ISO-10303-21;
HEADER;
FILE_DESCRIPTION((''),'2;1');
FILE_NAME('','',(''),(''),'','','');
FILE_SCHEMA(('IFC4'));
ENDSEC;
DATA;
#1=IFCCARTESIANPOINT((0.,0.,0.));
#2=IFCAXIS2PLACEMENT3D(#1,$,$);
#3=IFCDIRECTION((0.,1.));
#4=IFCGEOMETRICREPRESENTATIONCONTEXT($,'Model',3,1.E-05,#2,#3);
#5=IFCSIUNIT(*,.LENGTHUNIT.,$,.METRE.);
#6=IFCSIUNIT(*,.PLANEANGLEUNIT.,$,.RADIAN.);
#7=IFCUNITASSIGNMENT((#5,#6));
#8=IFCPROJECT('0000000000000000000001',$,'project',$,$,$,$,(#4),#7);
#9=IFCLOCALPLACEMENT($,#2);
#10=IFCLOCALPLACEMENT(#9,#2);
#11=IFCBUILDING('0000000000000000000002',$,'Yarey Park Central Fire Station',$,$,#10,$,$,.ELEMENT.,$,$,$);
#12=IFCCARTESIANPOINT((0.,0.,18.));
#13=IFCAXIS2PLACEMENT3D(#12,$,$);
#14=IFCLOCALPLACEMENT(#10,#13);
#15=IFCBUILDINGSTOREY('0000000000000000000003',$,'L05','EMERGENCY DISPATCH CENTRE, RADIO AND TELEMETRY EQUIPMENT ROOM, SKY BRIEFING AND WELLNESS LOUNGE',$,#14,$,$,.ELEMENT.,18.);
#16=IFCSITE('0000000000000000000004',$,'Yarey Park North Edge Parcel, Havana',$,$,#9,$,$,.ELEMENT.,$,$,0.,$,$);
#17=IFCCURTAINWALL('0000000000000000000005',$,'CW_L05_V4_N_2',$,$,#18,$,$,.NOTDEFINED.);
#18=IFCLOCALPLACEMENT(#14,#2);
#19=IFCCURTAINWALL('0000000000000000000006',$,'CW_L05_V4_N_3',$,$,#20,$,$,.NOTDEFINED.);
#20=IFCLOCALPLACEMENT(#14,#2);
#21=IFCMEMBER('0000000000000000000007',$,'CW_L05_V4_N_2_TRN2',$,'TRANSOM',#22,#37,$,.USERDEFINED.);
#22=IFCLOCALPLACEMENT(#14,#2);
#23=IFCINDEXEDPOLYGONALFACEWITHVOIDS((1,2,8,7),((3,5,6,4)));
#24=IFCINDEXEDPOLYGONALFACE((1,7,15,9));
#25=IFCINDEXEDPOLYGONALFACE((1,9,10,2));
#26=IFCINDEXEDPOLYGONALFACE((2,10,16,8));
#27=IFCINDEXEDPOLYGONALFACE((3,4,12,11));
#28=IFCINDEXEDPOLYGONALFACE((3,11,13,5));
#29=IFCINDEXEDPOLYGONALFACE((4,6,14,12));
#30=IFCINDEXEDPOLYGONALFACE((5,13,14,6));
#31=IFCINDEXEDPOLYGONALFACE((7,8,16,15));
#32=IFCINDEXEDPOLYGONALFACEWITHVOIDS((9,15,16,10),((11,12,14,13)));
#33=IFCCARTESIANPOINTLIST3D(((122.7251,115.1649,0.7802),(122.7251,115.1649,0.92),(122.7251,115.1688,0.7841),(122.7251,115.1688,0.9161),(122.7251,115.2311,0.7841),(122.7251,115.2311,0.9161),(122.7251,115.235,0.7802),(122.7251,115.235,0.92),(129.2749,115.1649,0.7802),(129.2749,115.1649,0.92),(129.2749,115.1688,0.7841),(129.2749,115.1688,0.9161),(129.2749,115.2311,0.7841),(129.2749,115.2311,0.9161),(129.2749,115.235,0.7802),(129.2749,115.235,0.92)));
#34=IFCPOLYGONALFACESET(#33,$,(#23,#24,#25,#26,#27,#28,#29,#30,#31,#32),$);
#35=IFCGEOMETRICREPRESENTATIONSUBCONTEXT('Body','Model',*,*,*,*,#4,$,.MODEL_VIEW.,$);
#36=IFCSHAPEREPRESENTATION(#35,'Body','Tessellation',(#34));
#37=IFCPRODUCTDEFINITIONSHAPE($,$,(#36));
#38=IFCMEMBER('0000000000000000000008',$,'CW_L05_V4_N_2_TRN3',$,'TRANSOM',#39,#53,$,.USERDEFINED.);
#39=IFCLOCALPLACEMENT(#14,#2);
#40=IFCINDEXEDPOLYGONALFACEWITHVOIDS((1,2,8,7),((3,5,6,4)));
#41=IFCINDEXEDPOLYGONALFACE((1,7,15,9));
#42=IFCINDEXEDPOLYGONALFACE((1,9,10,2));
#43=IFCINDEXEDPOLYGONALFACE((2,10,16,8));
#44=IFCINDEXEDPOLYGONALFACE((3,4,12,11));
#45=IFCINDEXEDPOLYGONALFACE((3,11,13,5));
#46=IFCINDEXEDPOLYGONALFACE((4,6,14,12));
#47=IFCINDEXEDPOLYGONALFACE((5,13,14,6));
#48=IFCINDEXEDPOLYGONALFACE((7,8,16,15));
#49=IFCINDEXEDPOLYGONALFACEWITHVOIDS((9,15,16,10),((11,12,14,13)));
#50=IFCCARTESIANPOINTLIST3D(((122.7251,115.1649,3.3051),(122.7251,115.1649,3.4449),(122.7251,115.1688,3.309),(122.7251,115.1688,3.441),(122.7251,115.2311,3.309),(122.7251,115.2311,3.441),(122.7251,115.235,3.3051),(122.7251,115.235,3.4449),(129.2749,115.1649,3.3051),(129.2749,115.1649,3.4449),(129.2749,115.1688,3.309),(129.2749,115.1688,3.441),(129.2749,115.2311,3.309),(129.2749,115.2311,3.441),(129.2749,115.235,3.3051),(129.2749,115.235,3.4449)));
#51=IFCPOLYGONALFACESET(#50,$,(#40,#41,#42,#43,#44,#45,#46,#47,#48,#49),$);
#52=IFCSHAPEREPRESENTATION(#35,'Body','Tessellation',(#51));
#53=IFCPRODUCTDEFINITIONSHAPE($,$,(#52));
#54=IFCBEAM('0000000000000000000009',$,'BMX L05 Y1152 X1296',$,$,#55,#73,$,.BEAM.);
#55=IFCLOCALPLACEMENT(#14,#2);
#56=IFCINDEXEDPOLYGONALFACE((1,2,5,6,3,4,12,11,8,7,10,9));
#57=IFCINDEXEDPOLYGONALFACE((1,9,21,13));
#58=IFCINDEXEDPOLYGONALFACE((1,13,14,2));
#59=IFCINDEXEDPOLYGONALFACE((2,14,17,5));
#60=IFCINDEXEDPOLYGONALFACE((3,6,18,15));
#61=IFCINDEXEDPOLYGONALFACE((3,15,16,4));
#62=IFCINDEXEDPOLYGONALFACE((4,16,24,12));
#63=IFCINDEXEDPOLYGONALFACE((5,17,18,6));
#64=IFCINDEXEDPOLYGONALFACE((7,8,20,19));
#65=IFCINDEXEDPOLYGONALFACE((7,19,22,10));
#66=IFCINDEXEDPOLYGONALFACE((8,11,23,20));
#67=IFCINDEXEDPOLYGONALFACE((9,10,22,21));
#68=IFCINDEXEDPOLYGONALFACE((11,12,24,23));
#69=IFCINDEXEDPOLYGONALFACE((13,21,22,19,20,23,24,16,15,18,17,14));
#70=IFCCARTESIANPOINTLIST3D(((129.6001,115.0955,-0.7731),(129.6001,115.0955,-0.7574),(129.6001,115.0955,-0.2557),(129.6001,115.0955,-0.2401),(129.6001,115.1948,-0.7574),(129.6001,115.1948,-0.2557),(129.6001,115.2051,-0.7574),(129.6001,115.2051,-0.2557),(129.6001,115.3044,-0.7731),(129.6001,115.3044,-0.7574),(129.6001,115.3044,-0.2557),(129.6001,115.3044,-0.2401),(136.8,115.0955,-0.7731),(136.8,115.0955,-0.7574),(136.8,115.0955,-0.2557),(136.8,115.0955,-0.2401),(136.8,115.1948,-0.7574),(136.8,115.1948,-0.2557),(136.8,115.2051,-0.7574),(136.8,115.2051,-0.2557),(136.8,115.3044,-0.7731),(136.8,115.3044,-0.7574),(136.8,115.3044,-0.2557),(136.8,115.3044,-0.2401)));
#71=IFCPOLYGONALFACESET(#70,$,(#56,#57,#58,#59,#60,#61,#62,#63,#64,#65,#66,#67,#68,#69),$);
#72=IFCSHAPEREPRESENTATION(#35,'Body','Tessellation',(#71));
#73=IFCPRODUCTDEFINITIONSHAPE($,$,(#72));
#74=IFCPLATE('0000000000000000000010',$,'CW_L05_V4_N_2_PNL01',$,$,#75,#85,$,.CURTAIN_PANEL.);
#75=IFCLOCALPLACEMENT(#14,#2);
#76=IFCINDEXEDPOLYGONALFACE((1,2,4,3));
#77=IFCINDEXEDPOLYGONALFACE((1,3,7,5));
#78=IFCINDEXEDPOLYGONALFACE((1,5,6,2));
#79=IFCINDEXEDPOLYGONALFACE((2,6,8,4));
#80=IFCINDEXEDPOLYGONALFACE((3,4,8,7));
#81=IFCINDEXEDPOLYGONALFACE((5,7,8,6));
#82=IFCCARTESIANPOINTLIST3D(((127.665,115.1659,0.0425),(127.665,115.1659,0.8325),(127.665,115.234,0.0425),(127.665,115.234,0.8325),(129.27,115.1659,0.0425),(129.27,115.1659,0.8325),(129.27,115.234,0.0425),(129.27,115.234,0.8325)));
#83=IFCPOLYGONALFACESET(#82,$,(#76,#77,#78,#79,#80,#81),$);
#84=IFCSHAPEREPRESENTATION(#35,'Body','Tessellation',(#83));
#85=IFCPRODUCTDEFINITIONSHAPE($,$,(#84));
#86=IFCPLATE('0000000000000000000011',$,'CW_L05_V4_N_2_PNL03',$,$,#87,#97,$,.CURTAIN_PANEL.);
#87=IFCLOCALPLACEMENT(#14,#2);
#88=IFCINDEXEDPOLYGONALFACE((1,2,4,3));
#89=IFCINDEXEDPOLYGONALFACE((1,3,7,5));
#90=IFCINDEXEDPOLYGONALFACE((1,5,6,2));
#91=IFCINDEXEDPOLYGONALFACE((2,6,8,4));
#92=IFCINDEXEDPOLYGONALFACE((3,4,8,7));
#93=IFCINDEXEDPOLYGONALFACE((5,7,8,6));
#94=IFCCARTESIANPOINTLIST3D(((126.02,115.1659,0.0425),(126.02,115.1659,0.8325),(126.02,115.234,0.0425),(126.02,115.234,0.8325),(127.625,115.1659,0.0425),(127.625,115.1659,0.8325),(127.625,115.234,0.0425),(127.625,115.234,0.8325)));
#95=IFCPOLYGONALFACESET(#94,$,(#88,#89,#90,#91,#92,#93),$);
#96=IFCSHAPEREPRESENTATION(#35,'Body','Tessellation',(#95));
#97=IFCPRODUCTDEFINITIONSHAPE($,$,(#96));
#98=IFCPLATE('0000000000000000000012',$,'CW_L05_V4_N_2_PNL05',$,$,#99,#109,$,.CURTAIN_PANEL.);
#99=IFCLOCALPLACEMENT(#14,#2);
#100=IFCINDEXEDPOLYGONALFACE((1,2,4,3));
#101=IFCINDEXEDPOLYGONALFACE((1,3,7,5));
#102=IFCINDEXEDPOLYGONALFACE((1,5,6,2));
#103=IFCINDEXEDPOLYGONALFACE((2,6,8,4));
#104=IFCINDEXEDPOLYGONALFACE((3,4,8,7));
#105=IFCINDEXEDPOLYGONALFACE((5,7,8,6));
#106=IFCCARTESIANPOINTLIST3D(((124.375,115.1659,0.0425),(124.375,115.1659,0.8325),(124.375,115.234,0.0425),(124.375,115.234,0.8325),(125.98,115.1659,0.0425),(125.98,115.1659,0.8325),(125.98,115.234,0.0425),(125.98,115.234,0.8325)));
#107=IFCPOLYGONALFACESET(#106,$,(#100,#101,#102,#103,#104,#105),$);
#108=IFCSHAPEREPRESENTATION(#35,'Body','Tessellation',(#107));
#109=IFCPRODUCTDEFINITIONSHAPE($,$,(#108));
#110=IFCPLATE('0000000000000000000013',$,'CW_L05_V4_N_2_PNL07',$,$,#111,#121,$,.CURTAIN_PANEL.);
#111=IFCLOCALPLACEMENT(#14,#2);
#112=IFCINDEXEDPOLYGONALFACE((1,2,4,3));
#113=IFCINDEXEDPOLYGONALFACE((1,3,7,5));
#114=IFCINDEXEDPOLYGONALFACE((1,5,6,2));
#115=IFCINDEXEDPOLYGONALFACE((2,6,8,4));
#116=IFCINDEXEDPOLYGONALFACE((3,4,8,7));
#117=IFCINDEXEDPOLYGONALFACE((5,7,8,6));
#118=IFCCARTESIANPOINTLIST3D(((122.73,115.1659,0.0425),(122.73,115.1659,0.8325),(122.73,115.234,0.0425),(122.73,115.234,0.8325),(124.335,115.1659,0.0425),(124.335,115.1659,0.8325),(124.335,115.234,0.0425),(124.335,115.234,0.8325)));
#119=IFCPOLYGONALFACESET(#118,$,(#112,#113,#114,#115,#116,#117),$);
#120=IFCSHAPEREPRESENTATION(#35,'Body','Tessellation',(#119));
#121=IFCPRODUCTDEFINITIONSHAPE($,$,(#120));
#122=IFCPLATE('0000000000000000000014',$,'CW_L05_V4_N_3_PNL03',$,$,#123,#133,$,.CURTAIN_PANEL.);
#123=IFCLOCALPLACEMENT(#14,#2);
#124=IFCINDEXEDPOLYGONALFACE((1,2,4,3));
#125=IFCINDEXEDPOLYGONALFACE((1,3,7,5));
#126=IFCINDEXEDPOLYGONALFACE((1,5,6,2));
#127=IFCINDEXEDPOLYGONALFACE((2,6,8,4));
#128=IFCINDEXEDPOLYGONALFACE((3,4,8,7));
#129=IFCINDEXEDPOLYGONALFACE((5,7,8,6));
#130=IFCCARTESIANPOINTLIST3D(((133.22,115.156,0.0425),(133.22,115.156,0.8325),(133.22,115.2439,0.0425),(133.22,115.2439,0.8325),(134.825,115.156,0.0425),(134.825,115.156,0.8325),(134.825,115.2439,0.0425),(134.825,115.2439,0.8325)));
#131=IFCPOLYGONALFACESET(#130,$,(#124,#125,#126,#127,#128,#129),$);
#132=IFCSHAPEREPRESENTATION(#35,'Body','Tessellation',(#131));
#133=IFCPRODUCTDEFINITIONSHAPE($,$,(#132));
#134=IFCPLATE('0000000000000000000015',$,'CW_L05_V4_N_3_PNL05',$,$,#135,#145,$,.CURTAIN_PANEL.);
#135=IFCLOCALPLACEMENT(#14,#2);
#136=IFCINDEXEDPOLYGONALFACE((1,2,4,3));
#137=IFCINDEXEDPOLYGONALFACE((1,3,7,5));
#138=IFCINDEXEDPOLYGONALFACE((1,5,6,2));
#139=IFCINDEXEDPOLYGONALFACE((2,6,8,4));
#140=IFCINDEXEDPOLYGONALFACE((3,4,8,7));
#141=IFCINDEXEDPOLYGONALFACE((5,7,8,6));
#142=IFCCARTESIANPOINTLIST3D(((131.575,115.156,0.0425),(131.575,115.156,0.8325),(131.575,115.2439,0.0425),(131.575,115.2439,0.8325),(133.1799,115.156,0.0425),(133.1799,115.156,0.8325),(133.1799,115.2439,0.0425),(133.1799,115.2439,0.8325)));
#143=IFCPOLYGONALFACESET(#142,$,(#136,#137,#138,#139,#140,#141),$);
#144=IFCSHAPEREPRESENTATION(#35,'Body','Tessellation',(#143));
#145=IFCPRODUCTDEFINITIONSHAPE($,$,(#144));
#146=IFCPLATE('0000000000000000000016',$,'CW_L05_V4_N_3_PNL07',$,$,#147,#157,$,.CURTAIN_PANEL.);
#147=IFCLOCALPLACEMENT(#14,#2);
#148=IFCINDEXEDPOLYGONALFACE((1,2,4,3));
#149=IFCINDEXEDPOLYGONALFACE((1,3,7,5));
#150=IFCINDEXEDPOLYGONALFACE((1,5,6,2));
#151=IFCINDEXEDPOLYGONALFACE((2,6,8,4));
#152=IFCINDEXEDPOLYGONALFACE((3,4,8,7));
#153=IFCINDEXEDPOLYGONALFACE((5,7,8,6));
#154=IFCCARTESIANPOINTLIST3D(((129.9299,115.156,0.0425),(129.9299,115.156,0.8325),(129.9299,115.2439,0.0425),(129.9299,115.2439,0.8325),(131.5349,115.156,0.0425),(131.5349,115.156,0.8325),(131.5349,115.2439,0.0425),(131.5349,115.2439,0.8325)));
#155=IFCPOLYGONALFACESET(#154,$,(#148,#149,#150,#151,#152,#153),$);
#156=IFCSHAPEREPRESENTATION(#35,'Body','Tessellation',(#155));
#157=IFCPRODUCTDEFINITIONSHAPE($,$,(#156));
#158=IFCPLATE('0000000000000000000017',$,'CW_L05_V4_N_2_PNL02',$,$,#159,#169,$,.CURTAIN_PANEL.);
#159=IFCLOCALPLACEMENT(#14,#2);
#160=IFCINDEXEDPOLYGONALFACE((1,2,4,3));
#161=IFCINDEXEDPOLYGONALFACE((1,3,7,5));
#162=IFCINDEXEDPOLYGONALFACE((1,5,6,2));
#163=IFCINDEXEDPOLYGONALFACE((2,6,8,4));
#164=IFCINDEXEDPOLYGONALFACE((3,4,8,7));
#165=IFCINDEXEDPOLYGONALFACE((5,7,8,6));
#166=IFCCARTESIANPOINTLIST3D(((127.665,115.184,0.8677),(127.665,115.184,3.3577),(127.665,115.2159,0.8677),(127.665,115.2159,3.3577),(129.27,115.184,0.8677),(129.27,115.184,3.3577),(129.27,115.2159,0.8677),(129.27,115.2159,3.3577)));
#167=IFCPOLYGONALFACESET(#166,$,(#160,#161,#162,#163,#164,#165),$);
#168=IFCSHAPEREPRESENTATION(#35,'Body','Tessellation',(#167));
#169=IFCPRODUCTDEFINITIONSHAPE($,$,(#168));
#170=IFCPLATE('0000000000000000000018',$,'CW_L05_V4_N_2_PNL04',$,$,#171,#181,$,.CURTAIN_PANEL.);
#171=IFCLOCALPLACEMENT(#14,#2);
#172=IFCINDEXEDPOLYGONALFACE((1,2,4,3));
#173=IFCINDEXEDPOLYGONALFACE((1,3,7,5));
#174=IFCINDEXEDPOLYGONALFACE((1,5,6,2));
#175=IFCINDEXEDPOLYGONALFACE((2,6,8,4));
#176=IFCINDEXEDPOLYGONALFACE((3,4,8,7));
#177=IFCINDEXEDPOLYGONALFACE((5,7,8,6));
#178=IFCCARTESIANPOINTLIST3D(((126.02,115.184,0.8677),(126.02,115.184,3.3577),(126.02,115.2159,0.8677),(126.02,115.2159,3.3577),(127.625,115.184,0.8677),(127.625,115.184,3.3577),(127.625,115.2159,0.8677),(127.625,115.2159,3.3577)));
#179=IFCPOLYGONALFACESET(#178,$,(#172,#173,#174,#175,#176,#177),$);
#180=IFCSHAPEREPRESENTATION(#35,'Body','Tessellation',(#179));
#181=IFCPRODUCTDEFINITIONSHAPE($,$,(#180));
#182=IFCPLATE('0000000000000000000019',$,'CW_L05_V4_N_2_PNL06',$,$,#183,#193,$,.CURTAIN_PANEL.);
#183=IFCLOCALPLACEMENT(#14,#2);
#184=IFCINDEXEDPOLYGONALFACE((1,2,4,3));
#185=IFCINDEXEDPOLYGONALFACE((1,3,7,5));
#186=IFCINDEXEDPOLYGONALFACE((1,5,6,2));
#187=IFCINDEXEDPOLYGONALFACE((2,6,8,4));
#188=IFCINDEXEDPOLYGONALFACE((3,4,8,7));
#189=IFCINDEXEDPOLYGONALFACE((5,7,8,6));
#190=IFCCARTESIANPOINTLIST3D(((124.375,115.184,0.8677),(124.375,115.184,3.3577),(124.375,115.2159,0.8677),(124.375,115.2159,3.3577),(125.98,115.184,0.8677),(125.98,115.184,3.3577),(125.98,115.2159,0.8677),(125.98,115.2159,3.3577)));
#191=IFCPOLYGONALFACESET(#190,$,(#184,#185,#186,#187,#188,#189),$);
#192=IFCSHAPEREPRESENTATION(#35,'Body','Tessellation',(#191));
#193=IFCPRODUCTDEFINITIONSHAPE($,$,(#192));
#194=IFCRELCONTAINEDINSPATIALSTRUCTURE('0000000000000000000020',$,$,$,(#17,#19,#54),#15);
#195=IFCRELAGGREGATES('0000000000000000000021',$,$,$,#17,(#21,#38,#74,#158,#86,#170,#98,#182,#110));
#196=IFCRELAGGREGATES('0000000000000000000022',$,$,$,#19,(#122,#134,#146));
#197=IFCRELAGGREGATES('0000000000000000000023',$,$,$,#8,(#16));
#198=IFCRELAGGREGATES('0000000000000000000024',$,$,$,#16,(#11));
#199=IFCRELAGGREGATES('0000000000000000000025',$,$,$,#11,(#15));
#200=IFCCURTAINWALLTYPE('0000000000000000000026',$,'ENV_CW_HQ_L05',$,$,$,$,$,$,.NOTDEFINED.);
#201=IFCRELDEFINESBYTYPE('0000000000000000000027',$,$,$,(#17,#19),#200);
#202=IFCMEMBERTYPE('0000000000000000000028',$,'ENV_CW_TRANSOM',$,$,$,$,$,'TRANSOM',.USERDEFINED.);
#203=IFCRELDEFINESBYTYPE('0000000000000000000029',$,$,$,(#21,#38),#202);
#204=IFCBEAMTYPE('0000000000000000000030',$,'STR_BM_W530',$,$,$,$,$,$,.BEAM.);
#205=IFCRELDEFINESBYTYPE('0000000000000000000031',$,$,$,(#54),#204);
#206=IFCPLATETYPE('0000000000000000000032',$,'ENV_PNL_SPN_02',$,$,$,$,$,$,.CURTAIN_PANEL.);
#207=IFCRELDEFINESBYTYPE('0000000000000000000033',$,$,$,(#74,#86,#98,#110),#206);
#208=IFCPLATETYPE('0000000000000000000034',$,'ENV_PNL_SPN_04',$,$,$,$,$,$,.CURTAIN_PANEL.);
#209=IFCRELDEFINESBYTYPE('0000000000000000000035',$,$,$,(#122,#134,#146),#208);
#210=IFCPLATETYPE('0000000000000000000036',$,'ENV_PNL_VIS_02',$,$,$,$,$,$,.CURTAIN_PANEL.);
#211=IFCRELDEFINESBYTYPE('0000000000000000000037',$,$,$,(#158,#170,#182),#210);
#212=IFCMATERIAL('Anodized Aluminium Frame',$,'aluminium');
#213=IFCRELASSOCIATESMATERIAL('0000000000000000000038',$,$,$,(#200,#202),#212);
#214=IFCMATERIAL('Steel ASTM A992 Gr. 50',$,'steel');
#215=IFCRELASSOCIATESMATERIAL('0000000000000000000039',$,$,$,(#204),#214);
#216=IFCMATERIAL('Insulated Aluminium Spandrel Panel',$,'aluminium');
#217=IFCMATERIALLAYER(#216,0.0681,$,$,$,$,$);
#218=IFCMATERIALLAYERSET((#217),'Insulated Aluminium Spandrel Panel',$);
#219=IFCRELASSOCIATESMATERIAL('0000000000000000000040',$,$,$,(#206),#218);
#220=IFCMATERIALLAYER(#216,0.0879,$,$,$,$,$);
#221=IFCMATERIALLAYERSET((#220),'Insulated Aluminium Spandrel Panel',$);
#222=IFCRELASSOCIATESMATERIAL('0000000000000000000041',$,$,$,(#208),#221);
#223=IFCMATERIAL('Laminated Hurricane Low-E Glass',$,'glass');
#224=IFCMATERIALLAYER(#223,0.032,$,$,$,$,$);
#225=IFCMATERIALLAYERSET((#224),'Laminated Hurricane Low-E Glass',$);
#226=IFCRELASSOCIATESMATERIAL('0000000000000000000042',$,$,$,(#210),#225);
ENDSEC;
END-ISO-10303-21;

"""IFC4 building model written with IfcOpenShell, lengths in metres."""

from ifc_helpers import new_model, si_unit, direction, frame, origin, origin_2d, place, context, subcontext, project, spatial, rectangle, hollow_rectangle, i_section, extrude, material, layer, layer_set, material_profile, profile_set, type_object, element, aggregate, save


model = new_model("IFC4")

# Units and contexts
model_context = context("Model", 3, precision=1e-05, world=origin(), true_north=direction((0.0, 1.0)))
body_context = subcontext(model_context, "Body", "Model", "MODEL_VIEW")
ifc_project = project(units=[si_unit("LENGTHUNIT", "METRE"), si_unit("PLANEANGLEUNIT", "RADIAN")], contexts=[model_context])

# Site, building, storey
site_placement = place(None, origin())
site = spatial("IfcSite", under=ifc_project, at=site_placement, Name="Yarey Park North Edge Parcel, Havana", CompositionType="ELEMENT", RefElevation=0.0)
building_placement = place(site_placement, origin())
building = spatial("IfcBuilding", under=site, at=building_placement, Name="Yarey Park Central Fire Station", CompositionType="ELEMENT")
storey_placement = place(building_placement, frame((0.0, 0.0, 18.0)))
storey = spatial("IfcBuildingStorey", under=building, at=storey_placement, Name="L05", Description="EMERGENCY DISPATCH CENTRE, RADIO AND TELEMETRY EQUIPMENT ROOM, SKY BRIEFING AND WELLNESS LOUNGE", CompositionType="ELEMENT", Elevation=18.0)

# Curtain walls
ifc_material_1 = material(Name="Anodized Aluminium Frame", Category="aluminium")
curtain_wall_type = type_object("IfcCurtainWallType", Name="ENV_CW_HQ_L05", PredefinedType="NOTDEFINED", material=ifc_material_1)
curtain_wall_1_placement = place(storey_placement, origin())
curtain_wall_1 = element("IfcCurtainWall", 1, at=curtain_wall_1_placement, inside=storey, type_object=curtain_wall_type, Name="CW_L05_V4_N_2", PredefinedType="NOTDEFINED")
curtain_wall_2_placement = place(storey_placement, origin())
curtain_wall_2 = element("IfcCurtainWall", 2, at=curtain_wall_2_placement, inside=storey, type_object=curtain_wall_type, Name="CW_L05_V4_N_3", PredefinedType="NOTDEFINED")

# Members
ifc_material_profile_1 = material_profile(ifc_material_1, hollow_rectangle(XDim=0.0701, YDim=0.1399, WallThickness=0.0039, at=origin_2d()), Name="ALU 140x70x4")
ifc_profile_set_1 = profile_set([ifc_material_profile_1], Name="Anodized Aluminium Frame")
member_type_1 = type_object("IfcMemberType", Name="ENV_CW_TRANSOM", ElementType="TRANSOM", PredefinedType="USERDEFINED", material=ifc_profile_set_1)
member_1_placement = place(storey_placement, frame((129.2749, 115.2, 0.8501), z_axis=(-1.0, 0.0, 0.0), x_axis=(0.0, -1.0, 0.0)))
member_1 = element("IfcMember", 3, at=member_1_placement, type_object=member_type_1, Name="CW_L05_V4_N_2_TRN2", ObjectType="TRANSOM", PredefinedType="USERDEFINED", context=body_context, shape_type="SweptSolid", body=[
    extrude(hollow_rectangle(XDim=0.0701, YDim=0.1399, WallThickness=0.0039, at=origin_2d()), origin(), (0.0, 0.0, 1.0), 6.5498),
])
member_2_placement = place(storey_placement, frame((129.2749, 115.2, 3.375), z_axis=(-1.0, 0.0, 0.0), x_axis=(0.0, -1.0, 0.0)))
member_2 = element("IfcMember", 4, at=member_2_placement, type_object=member_type_1, Name="CW_L05_V4_N_2_TRN3", ObjectType="TRANSOM", PredefinedType="USERDEFINED", context=body_context, shape_type="SweptSolid", body=[
    extrude(hollow_rectangle(XDim=0.0701, YDim=0.1399, WallThickness=0.0039, at=origin_2d()), origin(), (0.0, 0.0, 1.0), 6.5498),
])

# Beam
ifc_material_2 = material(Name="Steel ASTM A992 Gr. 50", Category="steel")
ifc_material_profile_2 = material_profile(ifc_material_2, i_section(OverallWidth=0.209, OverallDepth=0.533, WebThickness=0.0103, FlangeThickness=0.0156, at=origin_2d()), Name="W530x92")
ifc_profile_set_2 = profile_set([ifc_material_profile_2], Name="Steel ASTM A992 Gr. 50")
beam_type = type_object("IfcBeamType", Name="STR_BM_W530", PredefinedType="BEAM", material=ifc_profile_set_2)
beam_placement = place(storey_placement, frame((129.6001, 115.2, -0.5066), z_axis=(1.0, 0.0, 0.0), x_axis=(0.0, 1.0, 0.0)))
element("IfcBeam", 5, at=beam_placement, inside=storey, type_object=beam_type, Name="BMX L05 Y1152 X1296", PredefinedType="BEAM", context=body_context, shape_type="SweptSolid", body=[
    extrude(i_section(OverallWidth=0.209, OverallDepth=0.533, WebThickness=0.0103, FlangeThickness=0.0156, at=origin_2d()), origin(), (0.0, 0.0, 1.0), 7.2),
])

# Plates
ifc_material_3 = material(Name="Insulated Aluminium Spandrel Panel", Category="aluminium")
ifc_layer_1 = layer(ifc_material_3, 0.0681)
ifc_layer_set_1 = layer_set([ifc_layer_1], Name="Insulated Aluminium Spandrel Panel")
plate_type_1 = type_object("IfcPlateType", Name="ENV_PNL_SPN_02", PredefinedType="CURTAIN_PANEL", material=ifc_layer_set_1)
plate_1_placement = place(storey_placement, frame((128.4675, 115.2, 0.0425), z_axis=(0.0, 0.0, 1.0), x_axis=(-1.0, 0.0, 0.0)))
plate_1 = element("IfcPlate", 6, at=plate_1_placement, type_object=plate_type_1, Name="CW_L05_V4_N_2_PNL01", PredefinedType="CURTAIN_PANEL", context=body_context, shape_type="SweptSolid", body=[
    extrude(rectangle(XDim=1.605, YDim=0.0681, at=origin_2d()), origin(), (0.0, 0.0, 1.0), 0.79),
])
plate_2_placement = place(storey_placement, frame((126.8225, 115.2, 0.0425), z_axis=(0.0, 0.0, 1.0), x_axis=(-1.0, 0.0, 0.0)))
plate_2 = element("IfcPlate", 7, at=plate_2_placement, type_object=plate_type_1, Name="CW_L05_V4_N_2_PNL03", PredefinedType="CURTAIN_PANEL", context=body_context, shape_type="SweptSolid", body=[
    extrude(rectangle(XDim=1.605, YDim=0.0681, at=origin_2d()), origin(), (0.0, 0.0, 1.0), 0.79),
])
plate_3_placement = place(storey_placement, frame((125.1775, 115.2, 0.0425), z_axis=(0.0, 0.0, 1.0), x_axis=(-1.0, 0.0, 0.0)))
plate_3 = element("IfcPlate", 8, at=plate_3_placement, type_object=plate_type_1, Name="CW_L05_V4_N_2_PNL05", PredefinedType="CURTAIN_PANEL", context=body_context, shape_type="SweptSolid", body=[
    extrude(rectangle(XDim=1.605, YDim=0.0681, at=origin_2d()), origin(), (0.0, 0.0, 1.0), 0.79),
])
plate_4_placement = place(storey_placement, frame((123.5325, 115.2, 0.0425), z_axis=(0.0, 0.0, 1.0), x_axis=(-1.0, 0.0, 0.0)))
plate_4 = element("IfcPlate", 9, at=plate_4_placement, type_object=plate_type_1, Name="CW_L05_V4_N_2_PNL07", PredefinedType="CURTAIN_PANEL", context=body_context, shape_type="SweptSolid", body=[
    extrude(rectangle(XDim=1.605, YDim=0.0681, at=origin_2d()), origin(), (0.0, 0.0, 1.0), 0.79),
])
ifc_layer_2 = layer(ifc_material_3, 0.0879)
ifc_layer_set_2 = layer_set([ifc_layer_2], Name="Insulated Aluminium Spandrel Panel")
plate_type_2 = type_object("IfcPlateType", Name="ENV_PNL_SPN_04", PredefinedType="CURTAIN_PANEL", material=ifc_layer_set_2)
plate_5_placement = place(storey_placement, frame((134.0225, 115.2, 0.0425), z_axis=(0.0, 0.0, 1.0), x_axis=(-1.0, 0.0, 0.0)))
plate_5 = element("IfcPlate", 10, at=plate_5_placement, type_object=plate_type_2, Name="CW_L05_V4_N_3_PNL03", PredefinedType="CURTAIN_PANEL", context=body_context, shape_type="SweptSolid", body=[
    extrude(rectangle(XDim=1.605, YDim=0.0879, at=origin_2d()), origin(), (0.0, 0.0, 1.0), 0.79),
])
plate_6_placement = place(storey_placement, frame((132.3774, 115.2, 0.0425), z_axis=(0.0, 0.0, 1.0), x_axis=(-1.0, 0.0, 0.0)))
plate_6 = element("IfcPlate", 11, at=plate_6_placement, type_object=plate_type_2, Name="CW_L05_V4_N_3_PNL05", PredefinedType="CURTAIN_PANEL", context=body_context, shape_type="SweptSolid", body=[
    extrude(rectangle(XDim=1.605, YDim=0.0879, at=origin_2d()), origin(), (0.0, 0.0, 1.0), 0.79),
])
plate_7_placement = place(storey_placement, frame((130.7324, 115.2, 0.0425), z_axis=(0.0, 0.0, 1.0), x_axis=(-1.0, 0.0, 0.0)))
plate_7 = element("IfcPlate", 12, at=plate_7_placement, type_object=plate_type_2, Name="CW_L05_V4_N_3_PNL07", PredefinedType="CURTAIN_PANEL", context=body_context, shape_type="SweptSolid", body=[
    extrude(rectangle(XDim=1.605, YDim=0.0879, at=origin_2d()), origin(), (0.0, 0.0, 1.0), 0.79),
])
ifc_material_4 = material(Name="Laminated Hurricane Low-E Glass", Category="glass")
ifc_layer_3 = layer(ifc_material_4, 0.032)
ifc_layer_set_3 = layer_set([ifc_layer_3], Name="Laminated Hurricane Low-E Glass")
plate_type_3 = type_object("IfcPlateType", Name="ENV_PNL_VIS_02", PredefinedType="CURTAIN_PANEL", material=ifc_layer_set_3)
plate_8_placement = place(storey_placement, frame((128.4675, 115.2, 0.8677), z_axis=(0.0, 0.0, 1.0), x_axis=(-1.0, 0.0, 0.0)))
plate_8 = element("IfcPlate", 13, at=plate_8_placement, type_object=plate_type_3, Name="CW_L05_V4_N_2_PNL02", PredefinedType="CURTAIN_PANEL", context=body_context, shape_type="SweptSolid", body=[
    extrude(rectangle(XDim=1.605, YDim=0.032, at=origin_2d()), origin(), (0.0, 0.0, 1.0), 2.49),
])
plate_9_placement = place(storey_placement, frame((126.8225, 115.2, 0.8677), z_axis=(0.0, 0.0, 1.0), x_axis=(-1.0, 0.0, 0.0)))
plate_9 = element("IfcPlate", 14, at=plate_9_placement, type_object=plate_type_3, Name="CW_L05_V4_N_2_PNL04", PredefinedType="CURTAIN_PANEL", context=body_context, shape_type="SweptSolid", body=[
    extrude(rectangle(XDim=1.605, YDim=0.032, at=origin_2d()), origin(), (0.0, 0.0, 1.0), 2.49),
])
plate_10_placement = place(storey_placement, frame((125.1775, 115.2, 0.8677), z_axis=(0.0, 0.0, 1.0), x_axis=(-1.0, 0.0, 0.0)))
plate_10 = element("IfcPlate", 15, at=plate_10_placement, type_object=plate_type_3, Name="CW_L05_V4_N_2_PNL06", PredefinedType="CURTAIN_PANEL", context=body_context, shape_type="SweptSolid", body=[
    extrude(rectangle(XDim=1.605, YDim=0.032, at=origin_2d()), origin(), (0.0, 0.0, 1.0), 2.49),
])
aggregate(curtain_wall_1, [member_1, member_2, plate_1, plate_8, plate_2, plate_9, plate_3, plate_10, plate_4])
aggregate(curtain_wall_2, [plate_5, plate_6, plate_7])

save(model, "model.ifc")
